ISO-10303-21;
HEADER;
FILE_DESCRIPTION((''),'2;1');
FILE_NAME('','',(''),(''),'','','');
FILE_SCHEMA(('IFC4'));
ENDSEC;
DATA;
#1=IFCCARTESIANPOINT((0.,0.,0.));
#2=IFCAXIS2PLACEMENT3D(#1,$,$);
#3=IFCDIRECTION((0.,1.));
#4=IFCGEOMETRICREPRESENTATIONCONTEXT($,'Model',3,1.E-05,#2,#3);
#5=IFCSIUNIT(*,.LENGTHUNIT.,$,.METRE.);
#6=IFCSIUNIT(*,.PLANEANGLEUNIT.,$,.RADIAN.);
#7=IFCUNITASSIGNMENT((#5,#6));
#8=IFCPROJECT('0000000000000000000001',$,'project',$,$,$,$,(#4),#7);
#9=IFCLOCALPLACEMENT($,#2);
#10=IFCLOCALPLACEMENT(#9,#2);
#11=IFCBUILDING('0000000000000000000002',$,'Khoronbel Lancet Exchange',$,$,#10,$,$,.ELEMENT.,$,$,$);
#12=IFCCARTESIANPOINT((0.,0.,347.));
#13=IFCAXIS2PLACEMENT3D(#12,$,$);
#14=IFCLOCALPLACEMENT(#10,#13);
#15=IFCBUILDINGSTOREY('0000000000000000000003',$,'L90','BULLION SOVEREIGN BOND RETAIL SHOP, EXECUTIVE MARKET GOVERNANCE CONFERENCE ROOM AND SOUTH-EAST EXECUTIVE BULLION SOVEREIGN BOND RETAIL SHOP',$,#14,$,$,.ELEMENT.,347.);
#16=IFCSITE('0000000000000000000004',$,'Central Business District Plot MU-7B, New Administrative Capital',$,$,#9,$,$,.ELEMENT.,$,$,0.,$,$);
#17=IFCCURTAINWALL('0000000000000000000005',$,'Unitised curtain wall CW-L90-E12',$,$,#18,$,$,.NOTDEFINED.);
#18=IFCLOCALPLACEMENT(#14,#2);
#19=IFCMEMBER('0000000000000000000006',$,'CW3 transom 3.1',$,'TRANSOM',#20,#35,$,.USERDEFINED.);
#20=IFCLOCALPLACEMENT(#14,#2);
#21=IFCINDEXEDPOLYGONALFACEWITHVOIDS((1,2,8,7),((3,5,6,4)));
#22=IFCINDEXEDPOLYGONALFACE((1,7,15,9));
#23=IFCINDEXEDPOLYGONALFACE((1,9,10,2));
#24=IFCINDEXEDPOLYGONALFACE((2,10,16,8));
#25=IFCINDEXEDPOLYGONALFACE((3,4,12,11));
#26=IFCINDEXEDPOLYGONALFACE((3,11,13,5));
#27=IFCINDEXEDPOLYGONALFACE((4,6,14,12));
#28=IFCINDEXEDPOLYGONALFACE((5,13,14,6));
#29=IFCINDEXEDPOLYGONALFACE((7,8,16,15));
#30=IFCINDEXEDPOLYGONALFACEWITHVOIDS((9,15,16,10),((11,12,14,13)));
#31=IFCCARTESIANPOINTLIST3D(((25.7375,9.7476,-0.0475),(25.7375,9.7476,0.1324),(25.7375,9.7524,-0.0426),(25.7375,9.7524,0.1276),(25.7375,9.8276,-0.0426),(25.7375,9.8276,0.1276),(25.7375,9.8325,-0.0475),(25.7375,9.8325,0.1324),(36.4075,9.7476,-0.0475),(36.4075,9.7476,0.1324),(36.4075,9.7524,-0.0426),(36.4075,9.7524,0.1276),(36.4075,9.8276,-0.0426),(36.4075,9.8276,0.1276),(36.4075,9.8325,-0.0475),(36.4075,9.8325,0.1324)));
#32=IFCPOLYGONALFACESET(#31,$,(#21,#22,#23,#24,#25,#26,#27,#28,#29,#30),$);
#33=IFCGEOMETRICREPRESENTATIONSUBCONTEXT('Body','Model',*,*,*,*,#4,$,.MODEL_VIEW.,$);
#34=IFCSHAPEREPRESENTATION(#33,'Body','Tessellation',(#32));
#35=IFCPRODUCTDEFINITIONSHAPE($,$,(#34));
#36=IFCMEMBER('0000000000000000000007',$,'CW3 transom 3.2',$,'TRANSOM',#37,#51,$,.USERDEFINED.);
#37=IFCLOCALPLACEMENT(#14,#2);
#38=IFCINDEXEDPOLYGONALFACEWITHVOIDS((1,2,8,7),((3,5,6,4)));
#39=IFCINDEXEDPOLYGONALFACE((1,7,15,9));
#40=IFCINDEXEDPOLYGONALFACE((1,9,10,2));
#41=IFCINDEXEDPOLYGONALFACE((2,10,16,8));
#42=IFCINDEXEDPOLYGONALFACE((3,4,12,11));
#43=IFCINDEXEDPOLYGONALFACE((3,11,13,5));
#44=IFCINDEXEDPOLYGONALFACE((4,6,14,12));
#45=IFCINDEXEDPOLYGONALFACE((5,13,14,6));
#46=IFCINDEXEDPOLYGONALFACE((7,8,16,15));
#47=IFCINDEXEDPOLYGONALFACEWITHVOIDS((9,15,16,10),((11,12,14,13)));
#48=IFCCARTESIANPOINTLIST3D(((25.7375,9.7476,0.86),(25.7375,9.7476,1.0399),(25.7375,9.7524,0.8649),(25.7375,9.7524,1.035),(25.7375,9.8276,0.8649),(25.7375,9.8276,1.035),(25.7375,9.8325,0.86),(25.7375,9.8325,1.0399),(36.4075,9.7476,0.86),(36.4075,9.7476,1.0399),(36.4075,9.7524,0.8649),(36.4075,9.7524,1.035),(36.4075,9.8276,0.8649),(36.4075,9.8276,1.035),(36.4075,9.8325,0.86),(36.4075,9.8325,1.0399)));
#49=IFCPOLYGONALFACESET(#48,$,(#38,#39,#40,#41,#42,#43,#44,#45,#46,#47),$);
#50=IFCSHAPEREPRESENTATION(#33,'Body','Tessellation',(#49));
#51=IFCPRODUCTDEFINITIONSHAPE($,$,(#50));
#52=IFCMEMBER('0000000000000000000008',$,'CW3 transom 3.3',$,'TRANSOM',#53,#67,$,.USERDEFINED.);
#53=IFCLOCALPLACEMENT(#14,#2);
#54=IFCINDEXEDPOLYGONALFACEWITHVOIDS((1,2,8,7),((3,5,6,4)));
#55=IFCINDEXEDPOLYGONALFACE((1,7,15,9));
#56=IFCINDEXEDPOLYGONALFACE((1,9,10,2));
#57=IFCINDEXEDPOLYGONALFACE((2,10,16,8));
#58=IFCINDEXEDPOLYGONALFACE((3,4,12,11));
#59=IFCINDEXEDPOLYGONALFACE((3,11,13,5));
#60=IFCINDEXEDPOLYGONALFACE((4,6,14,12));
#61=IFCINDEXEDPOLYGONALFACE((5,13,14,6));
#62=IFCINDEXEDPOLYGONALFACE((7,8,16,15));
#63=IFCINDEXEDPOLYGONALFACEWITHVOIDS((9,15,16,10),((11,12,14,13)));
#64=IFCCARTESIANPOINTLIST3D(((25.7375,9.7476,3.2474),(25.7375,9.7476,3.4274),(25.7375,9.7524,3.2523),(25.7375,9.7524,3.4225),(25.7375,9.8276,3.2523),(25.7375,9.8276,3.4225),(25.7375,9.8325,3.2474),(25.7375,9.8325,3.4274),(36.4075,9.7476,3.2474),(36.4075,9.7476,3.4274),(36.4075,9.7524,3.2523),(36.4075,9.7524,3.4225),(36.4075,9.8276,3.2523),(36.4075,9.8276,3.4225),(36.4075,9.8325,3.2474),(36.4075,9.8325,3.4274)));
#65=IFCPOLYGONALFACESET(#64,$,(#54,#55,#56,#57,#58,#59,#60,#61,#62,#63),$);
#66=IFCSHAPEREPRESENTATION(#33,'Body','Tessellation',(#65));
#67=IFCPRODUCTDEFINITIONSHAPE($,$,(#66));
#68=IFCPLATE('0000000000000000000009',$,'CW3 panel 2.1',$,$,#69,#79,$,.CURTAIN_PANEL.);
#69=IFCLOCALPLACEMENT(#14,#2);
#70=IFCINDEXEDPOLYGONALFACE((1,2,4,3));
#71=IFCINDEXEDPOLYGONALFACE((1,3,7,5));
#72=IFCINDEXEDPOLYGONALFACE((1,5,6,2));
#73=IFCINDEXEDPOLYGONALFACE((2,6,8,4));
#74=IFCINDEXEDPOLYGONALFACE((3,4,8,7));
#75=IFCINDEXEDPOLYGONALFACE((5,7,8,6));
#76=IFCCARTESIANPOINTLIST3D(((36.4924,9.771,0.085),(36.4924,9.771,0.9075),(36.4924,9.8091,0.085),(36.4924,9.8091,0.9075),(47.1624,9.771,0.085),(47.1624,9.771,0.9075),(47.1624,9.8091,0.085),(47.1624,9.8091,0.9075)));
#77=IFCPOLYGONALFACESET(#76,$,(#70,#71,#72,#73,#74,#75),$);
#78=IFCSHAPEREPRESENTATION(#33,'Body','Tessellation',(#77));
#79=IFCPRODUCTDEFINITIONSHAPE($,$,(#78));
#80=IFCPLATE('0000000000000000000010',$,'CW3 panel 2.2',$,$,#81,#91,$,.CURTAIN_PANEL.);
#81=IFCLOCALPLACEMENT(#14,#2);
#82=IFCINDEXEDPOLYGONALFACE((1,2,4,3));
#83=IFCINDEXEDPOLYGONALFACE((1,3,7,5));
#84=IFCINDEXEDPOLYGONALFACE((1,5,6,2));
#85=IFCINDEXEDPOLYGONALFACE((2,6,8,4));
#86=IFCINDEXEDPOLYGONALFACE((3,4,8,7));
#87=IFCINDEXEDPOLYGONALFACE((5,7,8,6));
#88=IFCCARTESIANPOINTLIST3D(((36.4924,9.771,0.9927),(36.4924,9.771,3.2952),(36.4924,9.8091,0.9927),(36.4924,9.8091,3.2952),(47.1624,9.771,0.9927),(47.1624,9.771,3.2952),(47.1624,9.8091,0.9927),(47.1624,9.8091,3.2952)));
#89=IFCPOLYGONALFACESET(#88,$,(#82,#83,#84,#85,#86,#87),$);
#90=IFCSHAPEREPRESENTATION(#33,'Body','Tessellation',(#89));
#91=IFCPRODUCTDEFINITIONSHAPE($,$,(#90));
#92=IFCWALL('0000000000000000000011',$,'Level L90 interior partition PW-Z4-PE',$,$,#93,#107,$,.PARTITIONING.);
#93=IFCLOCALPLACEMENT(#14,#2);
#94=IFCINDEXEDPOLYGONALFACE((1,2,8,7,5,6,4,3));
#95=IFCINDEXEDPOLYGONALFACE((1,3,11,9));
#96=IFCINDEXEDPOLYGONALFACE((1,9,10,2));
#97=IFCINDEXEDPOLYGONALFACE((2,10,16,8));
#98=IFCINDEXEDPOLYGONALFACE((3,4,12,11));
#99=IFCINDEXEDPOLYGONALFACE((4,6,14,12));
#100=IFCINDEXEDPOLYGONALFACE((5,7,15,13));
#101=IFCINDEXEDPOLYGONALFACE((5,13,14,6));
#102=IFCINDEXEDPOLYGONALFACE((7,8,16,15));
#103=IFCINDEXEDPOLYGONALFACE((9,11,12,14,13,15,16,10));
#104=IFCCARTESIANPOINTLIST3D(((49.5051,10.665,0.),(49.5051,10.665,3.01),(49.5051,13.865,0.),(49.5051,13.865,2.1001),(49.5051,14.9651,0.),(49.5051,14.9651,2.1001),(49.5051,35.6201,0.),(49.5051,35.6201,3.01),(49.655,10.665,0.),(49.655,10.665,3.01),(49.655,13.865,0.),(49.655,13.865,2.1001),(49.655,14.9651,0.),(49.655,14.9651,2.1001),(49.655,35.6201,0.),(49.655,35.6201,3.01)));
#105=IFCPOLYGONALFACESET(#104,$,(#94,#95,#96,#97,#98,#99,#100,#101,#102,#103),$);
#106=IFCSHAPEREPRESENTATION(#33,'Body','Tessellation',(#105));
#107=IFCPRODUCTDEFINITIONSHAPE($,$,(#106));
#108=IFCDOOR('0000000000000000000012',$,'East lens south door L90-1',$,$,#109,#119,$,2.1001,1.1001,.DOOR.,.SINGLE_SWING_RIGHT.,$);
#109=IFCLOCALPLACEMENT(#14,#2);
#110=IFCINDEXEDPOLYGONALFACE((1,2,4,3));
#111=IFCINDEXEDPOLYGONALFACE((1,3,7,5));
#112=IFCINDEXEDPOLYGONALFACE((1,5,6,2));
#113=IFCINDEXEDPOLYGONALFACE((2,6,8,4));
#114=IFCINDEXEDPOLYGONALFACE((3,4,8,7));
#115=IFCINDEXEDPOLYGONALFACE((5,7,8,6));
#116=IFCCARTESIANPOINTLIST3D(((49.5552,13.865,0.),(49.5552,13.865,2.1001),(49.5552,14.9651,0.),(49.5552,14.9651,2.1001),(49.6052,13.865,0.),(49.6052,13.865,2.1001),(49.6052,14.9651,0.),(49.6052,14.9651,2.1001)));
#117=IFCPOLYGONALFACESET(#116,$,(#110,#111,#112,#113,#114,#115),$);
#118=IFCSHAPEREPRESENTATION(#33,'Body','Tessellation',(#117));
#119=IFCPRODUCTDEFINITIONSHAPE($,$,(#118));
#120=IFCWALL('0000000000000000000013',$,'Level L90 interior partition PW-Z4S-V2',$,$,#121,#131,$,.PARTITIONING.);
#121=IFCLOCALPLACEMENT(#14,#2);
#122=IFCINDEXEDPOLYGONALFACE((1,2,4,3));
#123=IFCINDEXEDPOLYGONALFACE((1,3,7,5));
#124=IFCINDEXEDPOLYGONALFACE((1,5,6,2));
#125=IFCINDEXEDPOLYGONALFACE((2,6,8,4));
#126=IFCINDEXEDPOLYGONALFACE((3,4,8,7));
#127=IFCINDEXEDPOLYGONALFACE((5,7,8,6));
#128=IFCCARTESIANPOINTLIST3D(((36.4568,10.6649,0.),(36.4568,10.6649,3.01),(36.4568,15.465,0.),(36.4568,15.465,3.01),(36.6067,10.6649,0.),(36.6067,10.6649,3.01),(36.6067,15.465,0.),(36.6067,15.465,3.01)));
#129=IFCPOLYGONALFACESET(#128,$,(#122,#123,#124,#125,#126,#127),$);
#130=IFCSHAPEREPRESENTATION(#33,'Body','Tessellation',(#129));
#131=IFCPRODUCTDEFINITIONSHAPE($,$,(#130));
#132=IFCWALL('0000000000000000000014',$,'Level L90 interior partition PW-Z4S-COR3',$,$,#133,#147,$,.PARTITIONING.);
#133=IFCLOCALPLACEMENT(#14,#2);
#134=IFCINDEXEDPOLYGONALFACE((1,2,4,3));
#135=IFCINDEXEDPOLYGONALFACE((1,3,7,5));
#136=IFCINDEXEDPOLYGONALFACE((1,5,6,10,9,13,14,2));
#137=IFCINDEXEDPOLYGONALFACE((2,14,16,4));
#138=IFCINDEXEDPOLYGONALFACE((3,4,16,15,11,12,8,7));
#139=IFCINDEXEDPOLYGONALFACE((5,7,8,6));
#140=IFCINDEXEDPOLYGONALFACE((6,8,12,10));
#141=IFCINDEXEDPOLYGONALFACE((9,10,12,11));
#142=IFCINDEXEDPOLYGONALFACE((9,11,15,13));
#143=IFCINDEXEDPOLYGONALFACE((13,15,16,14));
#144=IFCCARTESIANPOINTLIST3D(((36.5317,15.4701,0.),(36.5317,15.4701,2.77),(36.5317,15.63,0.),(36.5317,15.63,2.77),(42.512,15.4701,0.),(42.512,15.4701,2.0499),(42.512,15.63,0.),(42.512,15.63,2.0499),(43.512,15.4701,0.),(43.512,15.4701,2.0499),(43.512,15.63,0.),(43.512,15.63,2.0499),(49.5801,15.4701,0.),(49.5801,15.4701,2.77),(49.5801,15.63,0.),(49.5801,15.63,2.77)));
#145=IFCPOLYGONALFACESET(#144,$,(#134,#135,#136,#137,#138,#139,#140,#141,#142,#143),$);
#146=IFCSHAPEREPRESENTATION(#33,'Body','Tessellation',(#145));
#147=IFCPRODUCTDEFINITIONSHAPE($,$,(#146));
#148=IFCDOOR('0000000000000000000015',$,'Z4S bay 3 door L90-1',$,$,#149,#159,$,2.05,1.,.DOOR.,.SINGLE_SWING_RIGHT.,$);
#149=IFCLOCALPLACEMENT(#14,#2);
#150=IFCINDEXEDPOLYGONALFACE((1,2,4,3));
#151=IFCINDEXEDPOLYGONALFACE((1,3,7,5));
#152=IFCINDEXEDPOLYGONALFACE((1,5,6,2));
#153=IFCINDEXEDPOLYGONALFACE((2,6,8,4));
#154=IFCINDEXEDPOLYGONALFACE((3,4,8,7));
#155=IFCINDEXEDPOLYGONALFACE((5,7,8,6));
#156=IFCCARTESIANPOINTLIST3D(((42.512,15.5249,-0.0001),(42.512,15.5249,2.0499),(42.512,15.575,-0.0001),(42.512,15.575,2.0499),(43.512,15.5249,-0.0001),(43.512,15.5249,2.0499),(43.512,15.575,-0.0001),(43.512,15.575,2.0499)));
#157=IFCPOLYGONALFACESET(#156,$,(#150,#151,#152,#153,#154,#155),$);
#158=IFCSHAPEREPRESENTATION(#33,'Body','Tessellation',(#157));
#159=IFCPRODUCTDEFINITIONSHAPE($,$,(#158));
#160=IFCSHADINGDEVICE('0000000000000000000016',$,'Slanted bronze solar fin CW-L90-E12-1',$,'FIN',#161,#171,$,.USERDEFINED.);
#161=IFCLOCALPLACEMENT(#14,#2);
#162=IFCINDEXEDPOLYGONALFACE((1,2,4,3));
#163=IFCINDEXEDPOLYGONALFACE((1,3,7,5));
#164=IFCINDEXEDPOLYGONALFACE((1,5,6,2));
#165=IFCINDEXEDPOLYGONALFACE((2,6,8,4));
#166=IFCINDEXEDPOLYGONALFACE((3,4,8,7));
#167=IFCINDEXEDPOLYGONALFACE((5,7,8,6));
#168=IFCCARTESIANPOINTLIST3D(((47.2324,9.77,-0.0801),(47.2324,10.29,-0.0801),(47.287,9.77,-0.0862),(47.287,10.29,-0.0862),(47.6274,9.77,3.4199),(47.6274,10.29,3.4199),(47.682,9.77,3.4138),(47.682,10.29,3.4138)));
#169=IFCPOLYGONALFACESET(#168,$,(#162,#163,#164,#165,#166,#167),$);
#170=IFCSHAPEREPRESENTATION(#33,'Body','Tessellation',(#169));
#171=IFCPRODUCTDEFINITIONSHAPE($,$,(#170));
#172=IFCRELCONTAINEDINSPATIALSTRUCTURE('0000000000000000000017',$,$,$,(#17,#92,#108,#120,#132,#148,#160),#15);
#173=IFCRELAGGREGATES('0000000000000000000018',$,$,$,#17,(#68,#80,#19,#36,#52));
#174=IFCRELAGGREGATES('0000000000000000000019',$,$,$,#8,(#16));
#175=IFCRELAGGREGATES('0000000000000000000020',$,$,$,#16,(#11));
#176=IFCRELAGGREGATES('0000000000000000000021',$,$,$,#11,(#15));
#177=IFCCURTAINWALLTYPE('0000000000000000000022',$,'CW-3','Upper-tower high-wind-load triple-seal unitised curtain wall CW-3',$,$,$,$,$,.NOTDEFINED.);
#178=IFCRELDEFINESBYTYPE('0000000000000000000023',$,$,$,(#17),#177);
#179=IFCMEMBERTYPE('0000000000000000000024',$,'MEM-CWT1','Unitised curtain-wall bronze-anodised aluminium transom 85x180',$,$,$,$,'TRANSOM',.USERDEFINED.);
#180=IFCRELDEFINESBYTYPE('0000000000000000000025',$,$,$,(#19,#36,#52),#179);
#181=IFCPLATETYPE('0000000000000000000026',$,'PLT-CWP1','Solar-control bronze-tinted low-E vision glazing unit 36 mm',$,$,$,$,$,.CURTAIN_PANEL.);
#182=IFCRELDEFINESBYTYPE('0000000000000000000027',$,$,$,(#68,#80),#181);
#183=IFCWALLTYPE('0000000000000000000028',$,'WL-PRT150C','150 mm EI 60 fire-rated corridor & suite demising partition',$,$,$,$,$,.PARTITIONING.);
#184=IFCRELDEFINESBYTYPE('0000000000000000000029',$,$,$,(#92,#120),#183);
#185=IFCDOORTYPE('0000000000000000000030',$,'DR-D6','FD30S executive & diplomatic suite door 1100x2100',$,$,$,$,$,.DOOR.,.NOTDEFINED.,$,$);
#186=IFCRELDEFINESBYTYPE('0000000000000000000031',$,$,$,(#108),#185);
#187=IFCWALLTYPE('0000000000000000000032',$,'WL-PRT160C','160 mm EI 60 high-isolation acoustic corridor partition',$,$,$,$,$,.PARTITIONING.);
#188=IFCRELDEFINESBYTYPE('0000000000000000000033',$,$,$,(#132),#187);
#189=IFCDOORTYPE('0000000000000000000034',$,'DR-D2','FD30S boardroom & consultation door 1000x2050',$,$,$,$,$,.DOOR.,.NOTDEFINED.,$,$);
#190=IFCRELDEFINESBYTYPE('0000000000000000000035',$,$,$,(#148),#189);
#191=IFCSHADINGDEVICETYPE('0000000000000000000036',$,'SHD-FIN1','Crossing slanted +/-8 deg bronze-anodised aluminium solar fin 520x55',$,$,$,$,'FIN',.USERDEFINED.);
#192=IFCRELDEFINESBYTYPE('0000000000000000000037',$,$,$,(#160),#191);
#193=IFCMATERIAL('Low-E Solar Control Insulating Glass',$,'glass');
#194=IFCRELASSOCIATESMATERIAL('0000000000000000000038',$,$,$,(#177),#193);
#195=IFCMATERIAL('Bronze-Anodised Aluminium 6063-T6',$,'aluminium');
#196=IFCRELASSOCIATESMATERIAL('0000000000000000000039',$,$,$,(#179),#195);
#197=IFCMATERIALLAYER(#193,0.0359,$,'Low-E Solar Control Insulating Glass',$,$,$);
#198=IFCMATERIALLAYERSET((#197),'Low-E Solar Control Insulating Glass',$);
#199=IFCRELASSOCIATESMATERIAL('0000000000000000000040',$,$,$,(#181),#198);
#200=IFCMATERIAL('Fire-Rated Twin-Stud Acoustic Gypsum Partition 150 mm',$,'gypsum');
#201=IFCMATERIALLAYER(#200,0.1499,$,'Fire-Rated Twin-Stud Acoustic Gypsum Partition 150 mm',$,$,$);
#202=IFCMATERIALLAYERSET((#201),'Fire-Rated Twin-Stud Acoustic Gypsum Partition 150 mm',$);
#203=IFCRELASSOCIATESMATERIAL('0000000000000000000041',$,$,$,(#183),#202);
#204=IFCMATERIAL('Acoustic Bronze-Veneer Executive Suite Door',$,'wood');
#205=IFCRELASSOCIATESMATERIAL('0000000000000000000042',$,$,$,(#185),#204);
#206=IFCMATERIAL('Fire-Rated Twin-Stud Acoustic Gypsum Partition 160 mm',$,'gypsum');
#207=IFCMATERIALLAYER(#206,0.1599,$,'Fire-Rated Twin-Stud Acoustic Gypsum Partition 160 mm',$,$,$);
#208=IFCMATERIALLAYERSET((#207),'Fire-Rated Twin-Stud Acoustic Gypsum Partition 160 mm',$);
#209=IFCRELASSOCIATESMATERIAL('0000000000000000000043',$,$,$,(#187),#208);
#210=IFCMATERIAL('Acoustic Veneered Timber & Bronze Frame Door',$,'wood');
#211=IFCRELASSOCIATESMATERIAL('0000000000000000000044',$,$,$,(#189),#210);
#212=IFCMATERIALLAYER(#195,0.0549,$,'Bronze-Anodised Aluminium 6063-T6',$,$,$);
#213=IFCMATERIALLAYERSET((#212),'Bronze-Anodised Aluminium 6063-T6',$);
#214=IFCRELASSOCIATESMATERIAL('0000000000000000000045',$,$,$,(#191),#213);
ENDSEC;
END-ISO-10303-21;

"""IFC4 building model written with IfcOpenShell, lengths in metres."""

from ifc_helpers import new_model, si_unit, direction, frame, frame_2d, origin, origin_2d, place, context, subcontext, project, spatial, polyline, rectangle, hollow_rectangle, outline, extrude, material, layer, layer_set, material_profile, profile_set, type_object, element, fill, aggregate, save


model = new_model("IFC4")

# Units and contexts
model_context = context("Model", 3, precision=1e-05, world=origin(), true_north=direction((0.0, 1.0)))
body_context = subcontext(model_context, "Body", "Model", "MODEL_VIEW")
ifc_project = project(units=[si_unit("LENGTHUNIT", "METRE"), si_unit("PLANEANGLEUNIT", "RADIAN")], contexts=[model_context])

# Site, building, storey
site_placement = place(None, origin())
site = spatial("IfcSite", under=ifc_project, at=site_placement, Name="Central Business District Plot MU-7B, New Administrative Capital", CompositionType="ELEMENT", RefElevation=0.0)
building_placement = place(site_placement, origin())
building = spatial("IfcBuilding", under=site, at=building_placement, Name="Khoronbel Lancet Exchange", CompositionType="ELEMENT")
storey_placement = place(building_placement, frame((0.0, 0.0, 347.0)))
storey = spatial("IfcBuildingStorey", under=building, at=storey_placement, Name="L90", Description="BULLION SOVEREIGN BOND RETAIL SHOP, EXECUTIVE MARKET GOVERNANCE CONFERENCE ROOM AND SOUTH-EAST EXECUTIVE BULLION SOVEREIGN BOND RETAIL SHOP", CompositionType="ELEMENT", Elevation=347.0)

# Curtain wall, members, plates
ifc_material_1 = material(Name="Low-E Solar Control Insulating Glass", Category="glass")
curtain_wall_type = type_object("IfcCurtainWallType", Name="CW-3", Description="Upper-tower high-wind-load triple-seal unitised curtain wall CW-3", PredefinedType="NOTDEFINED", material=ifc_material_1)
curtain_wall_placement = place(storey_placement, origin())
curtain_wall = element("IfcCurtainWall", 1, at=curtain_wall_placement, inside=storey, type_object=curtain_wall_type, Name="Unitised curtain wall CW-L90-E12", PredefinedType="NOTDEFINED")
ifc_material_2 = material(Name="Bronze-Anodised Aluminium 6063-T6", Category="aluminium")
ifc_material_profile_1 = material_profile(ifc_material_2, hollow_rectangle(XDim=0.085, YDim=0.1799, WallThickness=0.0049, at=origin_2d()), Name="ALU TRANSOM 85x180")
ifc_profile_set_1 = profile_set([ifc_material_profile_1], Name="Bronze-Anodised Aluminium 6063-T6")
member_type_1 = type_object("IfcMemberType", Name="MEM-CWT1", Description="Unitised curtain-wall bronze-anodised aluminium transom 85x180", ElementType="TRANSOM", PredefinedType="USERDEFINED", material=ifc_profile_set_1)
member_1_placement = place(storey_placement, frame((36.4075, 9.79, 0.0425), z_axis=(-1.0, 0.0, 0.0), x_axis=(0.0, -1.0, 0.0)))
member_1 = element("IfcMember", 2, at=member_1_placement, type_object=member_type_1, Name="CW3 transom 3.1", ObjectType="TRANSOM", PredefinedType="USERDEFINED", context=body_context, shape_type="SweptSolid", body=[
    extrude(hollow_rectangle(XDim=0.085, YDim=0.1799, WallThickness=0.0049, at=origin_2d()), origin(), (0.0, 0.0, 1.0), 10.6699),
])
member_2_placement = place(storey_placement, frame((36.4075, 9.79, 0.95), z_axis=(-1.0, 0.0, 0.0), x_axis=(0.0, -1.0, 0.0)))
member_2 = element("IfcMember", 3, at=member_2_placement, type_object=member_type_1, Name="CW3 transom 3.2", ObjectType="TRANSOM", PredefinedType="USERDEFINED", context=body_context, shape_type="SweptSolid", body=[
    extrude(hollow_rectangle(XDim=0.085, YDim=0.1799, WallThickness=0.0049, at=origin_2d()), origin(), (0.0, 0.0, 1.0), 10.6699),
])
member_3_placement = place(storey_placement, frame((36.4075, 9.79, 3.3374), z_axis=(-1.0, 0.0, 0.0), x_axis=(0.0, -1.0, 0.0)))
member_3 = element("IfcMember", 4, at=member_3_placement, type_object=member_type_1, Name="CW3 transom 3.3", ObjectType="TRANSOM", PredefinedType="USERDEFINED", context=body_context, shape_type="SweptSolid", body=[
    extrude(hollow_rectangle(XDim=0.085, YDim=0.1799, WallThickness=0.0049, at=origin_2d()), origin(), (0.0, 0.0, 1.0), 10.6699),
])
ifc_layer_1 = layer(ifc_material_1, 0.0359, Name="Low-E Solar Control Insulating Glass")
ifc_layer_set_1 = layer_set([ifc_layer_1], Name="Low-E Solar Control Insulating Glass")
plate_type = type_object("IfcPlateType", Name="PLT-CWP1", Description="Solar-control bronze-tinted low-E vision glazing unit 36 mm", PredefinedType="CURTAIN_PANEL", material=ifc_layer_set_1)
plate_1_placement = place(storey_placement, frame((41.8274, 9.79, 0.085), z_axis=(0.0, 0.0, 1.0), x_axis=(-1.0, 0.0, 0.0)))
plate_1 = element("IfcPlate", 5, at=plate_1_placement, type_object=plate_type, Name="CW3 panel 2.1", PredefinedType="CURTAIN_PANEL", context=body_context, shape_type="SweptSolid", body=[
    extrude(rectangle(XDim=10.6699, YDim=0.0381, at=origin_2d()), origin(), (0.0, 0.0, 1.0), 0.8225),
])
plate_2_placement = place(storey_placement, frame((41.8274, 9.79, 0.9927), z_axis=(0.0, 0.0, 1.0), x_axis=(-1.0, 0.0, 0.0)))
plate_2 = element("IfcPlate", 6, at=plate_2_placement, type_object=plate_type, Name="CW3 panel 2.2", PredefinedType="CURTAIN_PANEL", context=body_context, shape_type="SweptSolid", body=[
    extrude(rectangle(XDim=10.6699, YDim=0.0381, at=origin_2d()), origin(), (0.0, 0.0, 1.0), 2.3025),
])
aggregate(curtain_wall, [plate_1, plate_2, member_1, member_2, member_3])

# Wall, opening, door
ifc_material_3 = material(Name="Fire-Rated Twin-Stud Acoustic Gypsum Partition 150 mm", Category="gypsum")
ifc_layer_2 = layer(ifc_material_3, 0.1499, Name="Fire-Rated Twin-Stud Acoustic Gypsum Partition 150 mm")
ifc_layer_set_2 = layer_set([ifc_layer_2], Name="Fire-Rated Twin-Stud Acoustic Gypsum Partition 150 mm")
wall_type_1 = type_object("IfcWallType", Name="WL-PRT150C", Description="150 mm EI 60 fire-rated corridor & suite demising partition", PredefinedType="PARTITIONING", material=ifc_layer_set_2)
wall_1_placement = place(storey_placement, frame((49.5801, 10.665, 0.0), z_axis=(0.0, 0.0, 1.0), x_axis=(0.0, 1.0, 0.0)))
wall_1 = element("IfcWall", 7, at=wall_1_placement, inside=storey, type_object=wall_type_1, Name="Level L90 interior partition PW-Z4-PE", PredefinedType="PARTITIONING", context=body_context, shape_type="SweptSolid", body=[
    extrude(rectangle(XDim=24.9551, YDim=0.1499, at=frame_2d((12.4775, 0.0))), origin(), (0.0, 0.0, 1.0), 3.01),
])
opening_1_placement = place(wall_1_placement, frame((3.2, 0.0, 0.0)))
opening_1 = element("IfcOpeningElement", 8, at=opening_1_placement, cuts=wall_1, PredefinedType="OPENING", context=body_context, shape_type="SweptSolid", body=[
    extrude(rectangle(XDim=1.1001, YDim=2.1001, at=frame_2d((0.55, 1.05))), frame((0.0, 0.085, 0.0), z_axis=(0.0, -1.0, 0.0), x_axis=(1.0, 0.0, 0.0)), (0.0, 0.0, 1.0), 0.1699),
])
ifc_material_4 = material(Name="Acoustic Bronze-Veneer Executive Suite Door", Category="wood")
door_type_1 = type_object("IfcDoorType", Name="DR-D6", Description="FD30S executive & diplomatic suite door 1100x2100", OperationType="NOTDEFINED", PredefinedType="DOOR", material=ifc_material_4)
door_1_placement = place(opening_1_placement, origin())
door_1 = element("IfcDoor", 9, at=door_1_placement, inside=storey, type_object=door_type_1, Name="East lens south door L90-1", OperationType="SINGLE_SWING_RIGHT", OverallHeight=2.1001, OverallWidth=1.1001, PredefinedType="DOOR", context=body_context, shape_type="SweptSolid", body=[
    extrude(rectangle(XDim=1.1001, YDim=2.1001, at=frame_2d((0.55, 1.05))), frame((0.0, 0.0249, 0.0), z_axis=(0.0, -1.0, 0.0), x_axis=(1.0, 0.0, 0.0)), (0.0, 0.0, 1.0), 0.05),
])
fill(opening_1, door_1)

# Wall
wall_2_placement = place(storey_placement, frame((36.5317, 10.665, 0.0), z_axis=(0.0, 0.0, 1.0), x_axis=(0.0, 1.0, 0.0)))
element("IfcWall", 10, at=wall_2_placement, inside=storey, type_object=wall_type_1, Name="Level L90 interior partition PW-Z4S-V2", PredefinedType="PARTITIONING", context=body_context, shape_type="SweptSolid", body=[
    extrude(rectangle(XDim=4.8, YDim=0.1499, at=frame_2d((2.3999, 0.0))), origin(), (0.0, 0.0, 1.0), 3.01),
])

# Wall, opening, door
ifc_material_5 = material(Name="Fire-Rated Twin-Stud Acoustic Gypsum Partition 160 mm", Category="gypsum")
ifc_layer_3 = layer(ifc_material_5, 0.1599, Name="Fire-Rated Twin-Stud Acoustic Gypsum Partition 160 mm")
ifc_layer_set_3 = layer_set([ifc_layer_3], Name="Fire-Rated Twin-Stud Acoustic Gypsum Partition 160 mm")
wall_type_2 = type_object("IfcWallType", Name="WL-PRT160C", Description="160 mm EI 60 high-isolation acoustic corridor partition", PredefinedType="PARTITIONING", material=ifc_layer_set_3)
wall_3_placement = place(storey_placement, frame((36.5317, 15.55, 0.0), z_axis=(0.0, 0.0, 1.0), x_axis=(1.0, 0.0, 0.0)))
wall_3 = element("IfcWall", 11, at=wall_3_placement, inside=storey, type_object=wall_type_2, Name="Level L90 interior partition PW-Z4S-COR3", PredefinedType="PARTITIONING", context=body_context, shape_type="SweptSolid", body=[
    extrude(rectangle(XDim=13.0483, YDim=0.1599, at=frame_2d((6.5242, 0.0))), origin(), (0.0, 0.0, 1.0), 2.77),
])
opening_2_placement = place(wall_3_placement, frame((5.9802, 0.0, 0.0)))
opening_2 = element("IfcOpeningElement", 12, at=opening_2_placement, cuts=wall_3, PredefinedType="OPENING", context=body_context, shape_type="SweptSolid", body=[
    extrude(rectangle(XDim=1.0, YDim=2.05, at=frame_2d((0.5, 1.0249))), frame((0.0, 0.0898, 0.0), z_axis=(0.0, -1.0, 0.0), x_axis=(1.0, 0.0, 0.0)), (0.0, 0.0, 1.0), 0.1799),
])
ifc_material_6 = material(Name="Acoustic Veneered Timber & Bronze Frame Door", Category="wood")
door_type_2 = type_object("IfcDoorType", Name="DR-D2", Description="FD30S boardroom & consultation door 1000x2050", OperationType="NOTDEFINED", PredefinedType="DOOR", material=ifc_material_6)
door_2_placement = place(opening_2_placement, origin())
door_2 = element("IfcDoor", 13, at=door_2_placement, inside=storey, type_object=door_type_2, Name="Z4S bay 3 door L90-1", OperationType="SINGLE_SWING_RIGHT", OverallHeight=2.05, OverallWidth=1.0, PredefinedType="DOOR", context=body_context, shape_type="SweptSolid", body=[
    extrude(rectangle(XDim=1.0, YDim=2.05, at=frame_2d((0.5, 1.0249))), frame((0.0, 0.0249, 0.0), z_axis=(0.0, -1.0, 0.0), x_axis=(1.0, 0.0, 0.0)), (0.0, 0.0, 1.0), 0.05),
])
fill(opening_2, door_2)

# Shading device
ifc_layer_4 = layer(ifc_material_2, 0.0549, Name="Bronze-Anodised Aluminium 6063-T6")
ifc_layer_set_4 = layer_set([ifc_layer_4], Name="Bronze-Anodised Aluminium 6063-T6")
shading_device_type = type_object("IfcShadingDeviceType", Name="SHD-FIN1", Description="Crossing slanted +/-8 deg bronze-anodised aluminium solar fin 520x55", ElementType="FIN", PredefinedType="USERDEFINED", material=ifc_layer_set_4)
shading_device_placement = place(storey_placement, frame((47.2324, 9.77, -0.0801), z_axis=(-0.993691, 0.0, 0.112151), x_axis=(0.0, 1.0, 0.0)))
element("IfcShadingDevice", 14, at=shading_device_placement, inside=storey, type_object=shading_device_type, Name="Slanted bronze solar fin CW-L90-E12-1", ObjectType="FIN", PredefinedType="USERDEFINED", context=body_context, shape_type="SweptSolid", body=[
    extrude(outline(polyline([(0.0, 0.0), (0.52, 0.0), (0.52, -3.5222), (0.0, -3.5222), (0.0, 0.0)])), origin(), (0.0, 0.0, -1.0), 0.0549),
])

save(model, "model.ifc")
